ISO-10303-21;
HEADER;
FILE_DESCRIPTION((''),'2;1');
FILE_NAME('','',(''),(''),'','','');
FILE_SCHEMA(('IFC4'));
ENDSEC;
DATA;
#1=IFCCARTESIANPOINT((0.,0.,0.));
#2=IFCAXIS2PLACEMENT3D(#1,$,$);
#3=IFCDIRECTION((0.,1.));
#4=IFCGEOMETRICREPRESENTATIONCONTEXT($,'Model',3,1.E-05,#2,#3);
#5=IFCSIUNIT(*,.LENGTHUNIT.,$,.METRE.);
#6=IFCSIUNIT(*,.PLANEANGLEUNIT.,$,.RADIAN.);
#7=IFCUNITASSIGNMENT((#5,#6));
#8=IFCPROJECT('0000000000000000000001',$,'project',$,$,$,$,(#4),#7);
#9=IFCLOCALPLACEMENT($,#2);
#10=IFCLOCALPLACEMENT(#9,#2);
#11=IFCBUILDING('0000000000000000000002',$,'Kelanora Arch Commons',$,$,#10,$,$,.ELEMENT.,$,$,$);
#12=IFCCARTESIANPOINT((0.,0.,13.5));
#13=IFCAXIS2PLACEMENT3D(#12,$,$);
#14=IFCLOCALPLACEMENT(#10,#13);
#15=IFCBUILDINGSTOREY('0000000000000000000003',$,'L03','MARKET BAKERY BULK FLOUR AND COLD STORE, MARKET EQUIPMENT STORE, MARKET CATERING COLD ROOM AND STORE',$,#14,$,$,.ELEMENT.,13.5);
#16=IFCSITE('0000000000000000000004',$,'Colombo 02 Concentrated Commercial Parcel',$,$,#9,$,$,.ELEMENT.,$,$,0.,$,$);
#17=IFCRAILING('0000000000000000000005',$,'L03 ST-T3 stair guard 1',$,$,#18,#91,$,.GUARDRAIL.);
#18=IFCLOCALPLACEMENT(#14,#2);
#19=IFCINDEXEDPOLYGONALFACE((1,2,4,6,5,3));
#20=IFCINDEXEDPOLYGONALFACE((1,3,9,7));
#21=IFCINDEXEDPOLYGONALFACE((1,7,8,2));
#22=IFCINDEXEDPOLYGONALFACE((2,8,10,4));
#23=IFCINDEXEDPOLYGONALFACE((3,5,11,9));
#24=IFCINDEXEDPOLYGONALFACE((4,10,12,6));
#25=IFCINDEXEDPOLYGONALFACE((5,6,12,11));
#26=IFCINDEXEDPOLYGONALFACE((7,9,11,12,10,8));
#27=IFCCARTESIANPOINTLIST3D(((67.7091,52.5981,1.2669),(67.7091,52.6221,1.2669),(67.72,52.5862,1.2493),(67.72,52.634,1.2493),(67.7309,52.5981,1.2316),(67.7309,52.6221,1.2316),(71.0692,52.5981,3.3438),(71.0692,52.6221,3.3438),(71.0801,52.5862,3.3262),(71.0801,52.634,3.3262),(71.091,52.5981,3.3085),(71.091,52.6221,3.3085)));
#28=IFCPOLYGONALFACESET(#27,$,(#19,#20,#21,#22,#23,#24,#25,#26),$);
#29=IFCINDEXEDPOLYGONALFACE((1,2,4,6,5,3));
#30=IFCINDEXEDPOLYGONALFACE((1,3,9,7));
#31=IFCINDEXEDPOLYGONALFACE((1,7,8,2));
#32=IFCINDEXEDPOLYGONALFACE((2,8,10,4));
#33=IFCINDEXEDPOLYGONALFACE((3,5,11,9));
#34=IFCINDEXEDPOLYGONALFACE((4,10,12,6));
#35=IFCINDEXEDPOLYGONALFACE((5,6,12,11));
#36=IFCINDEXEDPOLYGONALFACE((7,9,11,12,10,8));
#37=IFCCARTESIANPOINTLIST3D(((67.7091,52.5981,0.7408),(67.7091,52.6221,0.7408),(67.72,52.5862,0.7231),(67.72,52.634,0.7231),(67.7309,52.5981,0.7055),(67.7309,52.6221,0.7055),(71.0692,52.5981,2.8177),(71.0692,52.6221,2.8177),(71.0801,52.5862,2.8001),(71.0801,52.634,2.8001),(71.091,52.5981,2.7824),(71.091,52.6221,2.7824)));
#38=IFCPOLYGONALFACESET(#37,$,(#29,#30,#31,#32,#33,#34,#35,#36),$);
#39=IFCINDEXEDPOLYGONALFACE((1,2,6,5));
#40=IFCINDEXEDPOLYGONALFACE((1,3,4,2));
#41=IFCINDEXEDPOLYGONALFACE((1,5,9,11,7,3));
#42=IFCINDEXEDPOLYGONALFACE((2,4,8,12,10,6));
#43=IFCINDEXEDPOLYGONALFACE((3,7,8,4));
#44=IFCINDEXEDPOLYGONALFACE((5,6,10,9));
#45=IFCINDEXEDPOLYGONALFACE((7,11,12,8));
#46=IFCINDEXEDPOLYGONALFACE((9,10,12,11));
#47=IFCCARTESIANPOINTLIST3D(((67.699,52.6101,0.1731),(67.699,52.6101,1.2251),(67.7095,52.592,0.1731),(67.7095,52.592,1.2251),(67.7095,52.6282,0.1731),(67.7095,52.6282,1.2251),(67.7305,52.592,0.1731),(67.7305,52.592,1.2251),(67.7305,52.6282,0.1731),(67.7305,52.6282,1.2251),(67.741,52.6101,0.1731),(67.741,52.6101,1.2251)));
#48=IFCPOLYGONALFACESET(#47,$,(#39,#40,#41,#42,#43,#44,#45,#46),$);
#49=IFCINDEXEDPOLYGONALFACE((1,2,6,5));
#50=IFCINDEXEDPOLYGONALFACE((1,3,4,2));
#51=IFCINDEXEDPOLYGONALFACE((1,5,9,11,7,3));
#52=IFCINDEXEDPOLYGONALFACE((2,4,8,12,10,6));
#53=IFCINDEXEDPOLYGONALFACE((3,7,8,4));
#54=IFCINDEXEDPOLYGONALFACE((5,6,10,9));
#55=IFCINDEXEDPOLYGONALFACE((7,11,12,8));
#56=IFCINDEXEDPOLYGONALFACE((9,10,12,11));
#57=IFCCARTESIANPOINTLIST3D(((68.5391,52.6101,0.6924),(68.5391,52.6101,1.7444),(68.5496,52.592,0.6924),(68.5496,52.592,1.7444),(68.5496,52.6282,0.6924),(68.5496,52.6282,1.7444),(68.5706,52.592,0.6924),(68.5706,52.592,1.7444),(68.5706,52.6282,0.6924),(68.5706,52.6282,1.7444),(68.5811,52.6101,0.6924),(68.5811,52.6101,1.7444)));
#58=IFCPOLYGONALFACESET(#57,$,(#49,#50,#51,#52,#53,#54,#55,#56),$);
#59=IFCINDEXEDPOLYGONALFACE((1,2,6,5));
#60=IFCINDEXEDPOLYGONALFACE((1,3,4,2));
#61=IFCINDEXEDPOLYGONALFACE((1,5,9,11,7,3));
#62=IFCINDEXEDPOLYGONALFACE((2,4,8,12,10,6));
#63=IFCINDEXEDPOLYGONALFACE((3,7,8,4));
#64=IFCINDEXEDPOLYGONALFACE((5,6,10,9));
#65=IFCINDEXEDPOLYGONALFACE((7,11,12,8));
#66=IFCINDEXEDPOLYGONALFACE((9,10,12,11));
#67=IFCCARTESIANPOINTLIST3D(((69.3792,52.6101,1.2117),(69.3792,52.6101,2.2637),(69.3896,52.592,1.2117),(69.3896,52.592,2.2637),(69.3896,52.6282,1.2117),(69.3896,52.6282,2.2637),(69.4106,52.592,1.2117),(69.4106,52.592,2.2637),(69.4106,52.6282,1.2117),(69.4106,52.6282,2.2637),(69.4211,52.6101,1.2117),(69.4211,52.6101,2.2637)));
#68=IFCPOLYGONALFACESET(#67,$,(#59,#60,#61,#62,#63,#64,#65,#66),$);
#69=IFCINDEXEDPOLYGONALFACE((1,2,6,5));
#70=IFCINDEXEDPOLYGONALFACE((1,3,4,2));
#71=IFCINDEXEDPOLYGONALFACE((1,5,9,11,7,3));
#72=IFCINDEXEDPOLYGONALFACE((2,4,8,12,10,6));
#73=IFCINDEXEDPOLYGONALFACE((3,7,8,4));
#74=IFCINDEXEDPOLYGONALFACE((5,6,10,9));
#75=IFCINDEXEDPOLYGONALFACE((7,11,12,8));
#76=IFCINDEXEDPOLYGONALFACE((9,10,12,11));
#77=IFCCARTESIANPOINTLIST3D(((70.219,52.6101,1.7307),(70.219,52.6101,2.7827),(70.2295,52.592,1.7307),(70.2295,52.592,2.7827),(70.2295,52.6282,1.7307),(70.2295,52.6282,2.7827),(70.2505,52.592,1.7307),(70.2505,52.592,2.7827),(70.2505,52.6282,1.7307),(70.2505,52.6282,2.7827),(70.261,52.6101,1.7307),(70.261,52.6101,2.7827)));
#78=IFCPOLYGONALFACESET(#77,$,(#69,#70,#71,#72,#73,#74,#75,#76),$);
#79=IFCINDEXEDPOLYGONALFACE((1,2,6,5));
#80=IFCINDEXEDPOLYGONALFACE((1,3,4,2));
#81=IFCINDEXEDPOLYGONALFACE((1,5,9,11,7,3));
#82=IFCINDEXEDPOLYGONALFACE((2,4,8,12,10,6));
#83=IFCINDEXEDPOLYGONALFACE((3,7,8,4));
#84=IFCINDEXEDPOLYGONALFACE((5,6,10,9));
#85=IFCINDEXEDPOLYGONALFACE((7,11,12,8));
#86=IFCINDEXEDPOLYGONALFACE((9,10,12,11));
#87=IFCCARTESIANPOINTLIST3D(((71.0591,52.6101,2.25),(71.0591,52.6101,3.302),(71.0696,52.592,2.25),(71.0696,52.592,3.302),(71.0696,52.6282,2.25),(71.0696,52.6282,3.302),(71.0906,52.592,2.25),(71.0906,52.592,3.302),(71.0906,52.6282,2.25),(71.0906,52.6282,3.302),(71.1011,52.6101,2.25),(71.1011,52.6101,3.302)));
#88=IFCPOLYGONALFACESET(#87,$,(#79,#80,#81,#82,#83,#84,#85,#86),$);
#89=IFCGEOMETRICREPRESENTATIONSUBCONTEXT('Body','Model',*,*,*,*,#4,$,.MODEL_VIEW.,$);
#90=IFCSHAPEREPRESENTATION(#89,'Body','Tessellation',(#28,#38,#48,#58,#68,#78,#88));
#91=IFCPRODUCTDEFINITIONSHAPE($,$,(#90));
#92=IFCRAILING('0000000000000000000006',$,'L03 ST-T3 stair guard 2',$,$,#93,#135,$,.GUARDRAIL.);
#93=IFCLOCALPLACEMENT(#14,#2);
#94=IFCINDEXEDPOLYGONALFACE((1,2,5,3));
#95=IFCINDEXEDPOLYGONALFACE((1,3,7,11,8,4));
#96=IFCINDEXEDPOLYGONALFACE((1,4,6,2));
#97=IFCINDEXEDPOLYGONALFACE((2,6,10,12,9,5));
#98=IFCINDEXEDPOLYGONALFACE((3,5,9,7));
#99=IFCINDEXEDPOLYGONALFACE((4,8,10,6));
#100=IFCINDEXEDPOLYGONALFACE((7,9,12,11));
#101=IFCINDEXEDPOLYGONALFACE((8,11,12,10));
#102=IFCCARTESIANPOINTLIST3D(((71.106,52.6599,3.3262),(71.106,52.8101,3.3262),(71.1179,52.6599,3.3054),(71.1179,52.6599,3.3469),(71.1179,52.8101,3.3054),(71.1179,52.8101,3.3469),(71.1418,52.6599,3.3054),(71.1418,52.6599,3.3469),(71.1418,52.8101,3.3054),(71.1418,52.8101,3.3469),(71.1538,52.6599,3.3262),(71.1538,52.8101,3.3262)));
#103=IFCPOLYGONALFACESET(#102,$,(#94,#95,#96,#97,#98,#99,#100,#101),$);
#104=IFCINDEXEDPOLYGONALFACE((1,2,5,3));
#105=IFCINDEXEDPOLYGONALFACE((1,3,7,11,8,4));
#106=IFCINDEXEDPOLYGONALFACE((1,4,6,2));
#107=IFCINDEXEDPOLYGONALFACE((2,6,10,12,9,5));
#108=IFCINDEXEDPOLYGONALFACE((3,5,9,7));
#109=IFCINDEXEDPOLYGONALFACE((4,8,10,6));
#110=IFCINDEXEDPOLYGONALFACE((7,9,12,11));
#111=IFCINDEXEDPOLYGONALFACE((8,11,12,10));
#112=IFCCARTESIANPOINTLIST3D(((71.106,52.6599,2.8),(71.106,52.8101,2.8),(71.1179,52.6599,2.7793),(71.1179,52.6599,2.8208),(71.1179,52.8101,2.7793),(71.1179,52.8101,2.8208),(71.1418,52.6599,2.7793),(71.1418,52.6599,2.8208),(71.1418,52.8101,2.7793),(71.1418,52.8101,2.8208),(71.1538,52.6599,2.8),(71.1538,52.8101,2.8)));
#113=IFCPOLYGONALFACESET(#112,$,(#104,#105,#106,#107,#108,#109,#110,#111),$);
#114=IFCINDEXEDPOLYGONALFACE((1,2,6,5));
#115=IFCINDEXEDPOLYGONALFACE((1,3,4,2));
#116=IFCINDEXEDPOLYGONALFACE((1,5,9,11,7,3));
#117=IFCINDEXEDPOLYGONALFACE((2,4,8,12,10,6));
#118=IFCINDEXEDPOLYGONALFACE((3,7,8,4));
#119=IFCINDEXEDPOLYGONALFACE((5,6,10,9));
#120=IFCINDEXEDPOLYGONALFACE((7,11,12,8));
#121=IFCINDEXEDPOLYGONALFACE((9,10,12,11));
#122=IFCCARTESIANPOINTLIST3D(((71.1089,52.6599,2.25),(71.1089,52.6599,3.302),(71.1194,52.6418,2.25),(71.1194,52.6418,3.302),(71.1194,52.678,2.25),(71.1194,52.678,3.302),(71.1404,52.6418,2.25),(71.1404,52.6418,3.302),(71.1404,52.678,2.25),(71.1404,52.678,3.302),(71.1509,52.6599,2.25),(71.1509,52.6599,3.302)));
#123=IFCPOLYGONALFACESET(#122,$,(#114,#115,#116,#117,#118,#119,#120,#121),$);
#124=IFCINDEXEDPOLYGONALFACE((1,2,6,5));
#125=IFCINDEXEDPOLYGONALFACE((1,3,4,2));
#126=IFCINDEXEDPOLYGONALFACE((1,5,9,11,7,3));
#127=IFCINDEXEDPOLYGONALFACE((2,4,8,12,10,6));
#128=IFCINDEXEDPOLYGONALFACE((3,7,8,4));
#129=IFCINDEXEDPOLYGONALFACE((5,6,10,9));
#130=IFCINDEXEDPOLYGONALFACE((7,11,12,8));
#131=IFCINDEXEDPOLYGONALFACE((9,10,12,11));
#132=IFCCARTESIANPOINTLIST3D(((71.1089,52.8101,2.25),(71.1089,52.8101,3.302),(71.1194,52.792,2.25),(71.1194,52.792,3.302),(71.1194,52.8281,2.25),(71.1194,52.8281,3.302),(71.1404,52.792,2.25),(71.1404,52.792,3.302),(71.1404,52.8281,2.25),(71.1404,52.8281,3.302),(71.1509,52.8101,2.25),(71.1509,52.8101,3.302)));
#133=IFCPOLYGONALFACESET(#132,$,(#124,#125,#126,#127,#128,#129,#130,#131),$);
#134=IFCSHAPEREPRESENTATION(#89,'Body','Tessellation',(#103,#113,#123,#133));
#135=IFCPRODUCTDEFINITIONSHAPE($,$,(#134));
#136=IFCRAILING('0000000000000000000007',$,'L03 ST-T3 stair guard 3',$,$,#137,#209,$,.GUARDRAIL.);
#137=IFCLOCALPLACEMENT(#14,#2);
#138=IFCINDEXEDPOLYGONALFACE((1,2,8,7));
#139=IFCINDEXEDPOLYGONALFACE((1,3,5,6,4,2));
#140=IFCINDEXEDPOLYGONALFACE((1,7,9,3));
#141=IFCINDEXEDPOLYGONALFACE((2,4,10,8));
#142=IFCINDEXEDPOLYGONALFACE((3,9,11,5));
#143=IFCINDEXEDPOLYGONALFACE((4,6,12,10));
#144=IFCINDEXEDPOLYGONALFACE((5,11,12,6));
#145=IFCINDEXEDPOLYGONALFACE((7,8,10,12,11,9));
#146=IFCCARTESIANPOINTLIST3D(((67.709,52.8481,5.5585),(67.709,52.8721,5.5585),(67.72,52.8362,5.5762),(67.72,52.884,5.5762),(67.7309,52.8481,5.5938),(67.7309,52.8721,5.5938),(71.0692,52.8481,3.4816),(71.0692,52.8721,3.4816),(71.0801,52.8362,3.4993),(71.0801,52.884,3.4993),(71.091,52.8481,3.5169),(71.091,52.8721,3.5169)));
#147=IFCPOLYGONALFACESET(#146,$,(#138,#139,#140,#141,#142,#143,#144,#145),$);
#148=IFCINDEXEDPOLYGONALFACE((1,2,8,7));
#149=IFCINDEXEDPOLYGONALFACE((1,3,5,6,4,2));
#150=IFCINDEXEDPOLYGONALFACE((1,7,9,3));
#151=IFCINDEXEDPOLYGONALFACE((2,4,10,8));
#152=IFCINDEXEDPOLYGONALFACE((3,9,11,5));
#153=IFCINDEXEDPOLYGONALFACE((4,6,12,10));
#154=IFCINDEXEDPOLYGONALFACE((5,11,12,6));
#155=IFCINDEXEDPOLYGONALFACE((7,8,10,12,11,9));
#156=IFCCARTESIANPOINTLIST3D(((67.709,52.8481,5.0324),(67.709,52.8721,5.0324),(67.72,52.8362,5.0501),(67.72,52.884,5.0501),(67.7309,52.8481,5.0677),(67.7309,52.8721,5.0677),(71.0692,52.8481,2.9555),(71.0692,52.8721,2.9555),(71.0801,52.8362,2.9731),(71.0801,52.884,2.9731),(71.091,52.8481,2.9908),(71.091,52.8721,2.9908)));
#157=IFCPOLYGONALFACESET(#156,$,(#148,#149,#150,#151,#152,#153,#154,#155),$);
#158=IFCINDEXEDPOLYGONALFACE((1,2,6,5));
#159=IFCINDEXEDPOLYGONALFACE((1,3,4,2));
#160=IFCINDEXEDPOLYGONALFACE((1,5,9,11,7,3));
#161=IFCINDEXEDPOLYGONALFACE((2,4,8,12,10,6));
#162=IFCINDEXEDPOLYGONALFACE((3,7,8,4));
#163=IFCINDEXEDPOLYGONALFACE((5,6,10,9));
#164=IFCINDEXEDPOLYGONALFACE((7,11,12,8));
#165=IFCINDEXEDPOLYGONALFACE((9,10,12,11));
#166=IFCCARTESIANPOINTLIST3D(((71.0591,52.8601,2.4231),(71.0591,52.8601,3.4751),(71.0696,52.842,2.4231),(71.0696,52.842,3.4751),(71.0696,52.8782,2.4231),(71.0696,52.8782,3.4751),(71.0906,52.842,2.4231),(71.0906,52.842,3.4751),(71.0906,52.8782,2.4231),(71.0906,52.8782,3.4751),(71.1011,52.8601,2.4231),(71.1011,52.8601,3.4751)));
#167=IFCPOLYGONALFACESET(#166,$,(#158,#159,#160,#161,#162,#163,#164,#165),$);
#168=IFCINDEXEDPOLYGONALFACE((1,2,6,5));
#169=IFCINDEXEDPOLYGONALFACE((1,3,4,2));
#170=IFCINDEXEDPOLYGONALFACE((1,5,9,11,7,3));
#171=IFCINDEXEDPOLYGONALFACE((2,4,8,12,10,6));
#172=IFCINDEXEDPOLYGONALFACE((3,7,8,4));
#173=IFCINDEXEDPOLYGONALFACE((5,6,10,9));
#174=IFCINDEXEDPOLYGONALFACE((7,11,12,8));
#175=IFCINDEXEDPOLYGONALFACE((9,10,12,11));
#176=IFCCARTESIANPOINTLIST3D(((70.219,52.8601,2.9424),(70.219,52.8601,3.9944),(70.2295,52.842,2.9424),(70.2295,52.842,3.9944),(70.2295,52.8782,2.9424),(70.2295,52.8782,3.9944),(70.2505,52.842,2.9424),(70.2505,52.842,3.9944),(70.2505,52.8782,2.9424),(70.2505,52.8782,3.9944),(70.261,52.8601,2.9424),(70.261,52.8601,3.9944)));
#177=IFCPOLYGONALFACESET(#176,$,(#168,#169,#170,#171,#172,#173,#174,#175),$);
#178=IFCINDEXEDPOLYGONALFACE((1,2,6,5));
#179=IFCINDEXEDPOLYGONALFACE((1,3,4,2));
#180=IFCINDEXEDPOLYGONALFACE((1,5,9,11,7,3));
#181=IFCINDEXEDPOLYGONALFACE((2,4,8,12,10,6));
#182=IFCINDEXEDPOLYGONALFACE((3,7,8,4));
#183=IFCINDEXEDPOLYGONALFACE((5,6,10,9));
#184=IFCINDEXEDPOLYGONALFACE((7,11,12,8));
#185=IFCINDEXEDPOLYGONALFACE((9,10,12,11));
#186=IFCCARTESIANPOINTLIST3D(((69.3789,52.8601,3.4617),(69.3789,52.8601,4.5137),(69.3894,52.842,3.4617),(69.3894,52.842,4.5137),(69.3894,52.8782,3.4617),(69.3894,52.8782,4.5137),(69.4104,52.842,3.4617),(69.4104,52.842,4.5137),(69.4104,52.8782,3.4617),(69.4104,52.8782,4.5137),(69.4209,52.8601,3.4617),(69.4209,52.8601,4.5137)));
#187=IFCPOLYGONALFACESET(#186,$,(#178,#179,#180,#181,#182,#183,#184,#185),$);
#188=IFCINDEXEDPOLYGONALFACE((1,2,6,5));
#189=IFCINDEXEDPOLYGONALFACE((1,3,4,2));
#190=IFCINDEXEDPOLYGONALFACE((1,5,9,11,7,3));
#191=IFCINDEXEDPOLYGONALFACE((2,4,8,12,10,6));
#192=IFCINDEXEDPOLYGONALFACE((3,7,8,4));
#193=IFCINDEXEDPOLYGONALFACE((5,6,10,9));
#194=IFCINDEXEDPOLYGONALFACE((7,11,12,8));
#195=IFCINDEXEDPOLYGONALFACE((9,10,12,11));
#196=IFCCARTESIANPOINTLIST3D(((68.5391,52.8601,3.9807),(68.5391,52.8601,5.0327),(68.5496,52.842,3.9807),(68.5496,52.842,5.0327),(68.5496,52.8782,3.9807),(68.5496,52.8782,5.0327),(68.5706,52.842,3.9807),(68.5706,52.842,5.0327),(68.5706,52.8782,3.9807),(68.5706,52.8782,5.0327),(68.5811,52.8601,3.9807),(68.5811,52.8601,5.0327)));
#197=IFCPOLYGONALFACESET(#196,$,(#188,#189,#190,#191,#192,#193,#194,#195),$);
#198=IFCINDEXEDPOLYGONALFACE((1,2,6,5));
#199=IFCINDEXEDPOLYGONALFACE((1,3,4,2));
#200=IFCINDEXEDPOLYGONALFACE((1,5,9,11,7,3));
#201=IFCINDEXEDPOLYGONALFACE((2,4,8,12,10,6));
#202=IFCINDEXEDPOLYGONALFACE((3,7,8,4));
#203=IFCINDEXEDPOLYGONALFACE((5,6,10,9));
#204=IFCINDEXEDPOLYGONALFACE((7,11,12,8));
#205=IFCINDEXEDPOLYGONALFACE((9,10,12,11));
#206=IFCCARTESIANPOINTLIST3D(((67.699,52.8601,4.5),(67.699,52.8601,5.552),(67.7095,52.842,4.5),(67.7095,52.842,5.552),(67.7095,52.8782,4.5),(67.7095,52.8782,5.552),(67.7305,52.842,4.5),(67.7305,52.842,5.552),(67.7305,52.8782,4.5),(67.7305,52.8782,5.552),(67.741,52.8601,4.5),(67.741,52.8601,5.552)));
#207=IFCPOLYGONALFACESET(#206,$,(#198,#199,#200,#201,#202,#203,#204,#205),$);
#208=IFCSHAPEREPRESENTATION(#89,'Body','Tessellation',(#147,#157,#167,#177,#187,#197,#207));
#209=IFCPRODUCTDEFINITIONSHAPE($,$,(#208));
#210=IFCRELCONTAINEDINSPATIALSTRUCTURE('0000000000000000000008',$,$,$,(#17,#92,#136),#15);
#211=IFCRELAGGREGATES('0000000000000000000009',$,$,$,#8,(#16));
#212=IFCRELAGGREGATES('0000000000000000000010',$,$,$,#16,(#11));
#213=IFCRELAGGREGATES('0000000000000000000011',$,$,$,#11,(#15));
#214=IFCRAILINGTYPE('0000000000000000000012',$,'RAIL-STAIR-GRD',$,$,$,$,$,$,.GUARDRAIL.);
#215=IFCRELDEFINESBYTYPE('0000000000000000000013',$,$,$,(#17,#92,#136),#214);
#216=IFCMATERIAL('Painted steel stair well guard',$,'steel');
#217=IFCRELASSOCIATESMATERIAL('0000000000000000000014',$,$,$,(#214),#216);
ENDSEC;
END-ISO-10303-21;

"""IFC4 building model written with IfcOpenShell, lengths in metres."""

from ifc_helpers import new_model, si_unit, direction, frame, origin, place, context, subcontext, project, spatial, polyline, outline, extrude, material, type_object, element, save


model = new_model("IFC4")

# Units and contexts
model_context = context("Model", 3, precision=1e-05, world=origin(), true_north=direction((0.0, 1.0)))
body_context = subcontext(model_context, "Body", "Model", "MODEL_VIEW")
ifc_project = project(units=[si_unit("LENGTHUNIT", "METRE"), si_unit("PLANEANGLEUNIT", "RADIAN")], contexts=[model_context])

# Site, building, storey
site_placement = place(None, origin())
site = spatial("IfcSite", under=ifc_project, at=site_placement, Name="Colombo 02 Concentrated Commercial Parcel", CompositionType="ELEMENT", RefElevation=0.0)
building_placement = place(site_placement, origin())
building = spatial("IfcBuilding", under=site, at=building_placement, Name="Kelanora Arch Commons", CompositionType="ELEMENT")
storey_placement = place(building_placement, frame((0.0, 0.0, 13.5)))
storey = spatial("IfcBuildingStorey", under=building, at=storey_placement, Name="L03", Description="MARKET BAKERY BULK FLOUR AND COLD STORE, MARKET EQUIPMENT STORE, MARKET CATERING COLD ROOM AND STORE", CompositionType="ELEMENT", Elevation=13.5)

# Railings
ifc_material_1 = material(Name="Painted steel stair well guard", Category="steel")
railing_type_1 = type_object("IfcRailingType", Name="RAIL-STAIR-GRD", PredefinedType="GUARDRAIL", material=ifc_material_1)
railing_1_placement = place(storey_placement, frame((67.72, 52.6101, 0.1731)))
element("IfcRailing", 1, at=railing_1_placement, inside=storey, type_object=railing_type_1, Name="L03 ST-T3 stair guard 1", PredefinedType="GUARDRAIL", context=body_context, shape_type="SweptSolid", body=[
    extrude(outline(polyline([(0.0239, 0.0), (0.012, 0.0208), (-0.012, 0.0208), (-0.0239, 0.0), (-0.012, -0.0208), (0.012, -0.0208), (0.0239, 0.0)])), frame((0.0, 0.0, 1.0762), z_axis=(0.850623, 0.0, 0.525776), x_axis=(0.0, 1.0, 0.0)), (0.0, 0.0, 1.0), 3.9502),
    extrude(outline(polyline([(0.0239, 0.0), (0.012, 0.0208), (-0.012, 0.0208), (-0.0239, 0.0), (-0.012, -0.0208), (0.012, -0.0208), (0.0239, 0.0)])), frame((0.0, 0.0, 0.55), z_axis=(0.850623, 0.0, 0.525776), x_axis=(0.0, 1.0, 0.0)), (0.0, 0.0, 1.0), 3.9502),
    extrude(outline(polyline([(0.021, 0.0), (0.0105, 0.0181), (-0.0105, 0.0181), (-0.021, 0.0), (-0.0105, -0.0181), (0.0105, -0.0181), (0.021, 0.0)])), origin(), (0.0, 0.0, 1.0), 1.052),
    extrude(outline(polyline([(0.021, 0.0), (0.0105, 0.0181), (-0.0105, 0.0181), (-0.021, 0.0), (-0.0105, -0.0181), (0.0105, -0.0181), (0.021, 0.0)])), frame((0.8401, 0.0, 0.5193)), (0.0, 0.0, 1.0), 1.052),
    extrude(outline(polyline([(0.021, 0.0), (0.0105, 0.0181), (-0.0105, 0.0181), (-0.021, 0.0), (-0.0105, -0.0181), (0.0105, -0.0181), (0.021, 0.0)])), frame((1.6802, 0.0, 1.0386)), (0.0, 0.0, 1.0), 1.052),
    extrude(outline(polyline([(0.021, 0.0), (0.0105, 0.0181), (-0.0105, 0.0181), (-0.021, 0.0), (-0.0105, -0.0181), (0.0105, -0.0181), (0.021, 0.0)])), frame((2.52, 0.0, 1.5576)), (0.0, 0.0, 1.0), 1.052),
    extrude(outline(polyline([(0.021, 0.0), (0.0105, 0.0181), (-0.0105, 0.0181), (-0.021, 0.0), (-0.0105, -0.0181), (0.0105, -0.0181), (0.021, 0.0)])), frame((3.3601, 0.0, 2.0769)), (0.0, 0.0, 1.0), 1.052),
])
railing_2_placement = place(storey_placement, frame((71.1299, 52.6599, 2.25)))
element("IfcRailing", 2, at=railing_2_placement, inside=storey, type_object=railing_type_1, Name="L03 ST-T3 stair guard 2", PredefinedType="GUARDRAIL", context=body_context, shape_type="SweptSolid", body=[
    extrude(outline(polyline([(0.0239, 0.0), (0.012, 0.0208), (-0.012, 0.0208), (-0.0239, 0.0), (-0.012, -0.0208), (0.012, -0.0208), (0.0239, 0.0)])), frame((0.0, 0.0, 1.0762), z_axis=(0.0, 1.0, 0.0), x_axis=(-1.0, 0.0, 0.0)), (0.0, 0.0, 1.0), 0.1501),
    extrude(outline(polyline([(0.0239, 0.0), (0.012, 0.0208), (-0.012, 0.0208), (-0.0239, 0.0), (-0.012, -0.0208), (0.012, -0.0208), (0.0239, 0.0)])), frame((0.0, 0.0, 0.55), z_axis=(0.0, 1.0, 0.0), x_axis=(-1.0, 0.0, 0.0)), (0.0, 0.0, 1.0), 0.1501),
    extrude(outline(polyline([(0.021, 0.0), (0.0105, 0.0181), (-0.0105, 0.0181), (-0.021, 0.0), (-0.0105, -0.0181), (0.0105, -0.0181), (0.021, 0.0)])), origin(), (0.0, 0.0, 1.0), 1.052),
    extrude(outline(polyline([(0.021, 0.0), (0.0105, 0.0181), (-0.0105, 0.0181), (-0.021, 0.0), (-0.0105, -0.0181), (0.0105, -0.0181), (0.021, 0.0)])), frame((0.0, 0.1501, 0.0)), (0.0, 0.0, 1.0), 1.052),
])
railing_3_placement = place(storey_placement, frame((71.0801, 52.8601, 2.4231)))
element("IfcRailing", 3, at=railing_3_placement, inside=storey, type_object=railing_type_1, Name="L03 ST-T3 stair guard 3", PredefinedType="GUARDRAIL", context=body_context, shape_type="SweptSolid", body=[
    extrude(outline(polyline([(0.0239, 0.0), (0.012, 0.0208), (-0.012, 0.0208), (-0.0239, 0.0), (-0.012, -0.0208), (0.012, -0.0208), (0.0239, 0.0)])), frame((0.0, 0.0, 1.0762), z_axis=(-0.850623, 0.0, 0.525776), x_axis=(0.0, -1.0, 0.0)), (0.0, 0.0, 1.0), 3.9502),
    extrude(outline(polyline([(0.0239, 0.0), (0.012, 0.0208), (-0.012, 0.0208), (-0.0239, 0.0), (-0.012, -0.0208), (0.012, -0.0208), (0.0239, 0.0)])), frame((0.0, 0.0, 0.55), z_axis=(-0.850623, 0.0, 0.525776), x_axis=(0.0, -1.0, 0.0)), (0.0, 0.0, 1.0), 3.9502),
    extrude(outline(polyline([(0.021, 0.0), (0.0105, 0.0181), (-0.0105, 0.0181), (-0.021, 0.0), (-0.0105, -0.0181), (0.0105, -0.0181), (0.021, 0.0)])), origin(), (0.0, 0.0, 1.0), 1.052),
    extrude(outline(polyline([(0.021, 0.0), (0.0105, 0.0181), (-0.0105, 0.0181), (-0.021, 0.0), (-0.0105, -0.0181), (0.0105, -0.0181), (0.021, 0.0)])), frame((-0.8401, 0.0, 0.5193)), (0.0, 0.0, 1.0), 1.052),
    extrude(outline(polyline([(0.021, 0.0), (0.0105, 0.0181), (-0.0105, 0.0181), (-0.021, 0.0), (-0.0105, -0.0181), (0.0105, -0.0181), (0.021, 0.0)])), frame((-1.6802, 0.0, 1.0386)), (0.0, 0.0, 1.0), 1.052),
    extrude(outline(polyline([(0.021, 0.0), (0.0105, 0.0181), (-0.0105, 0.0181), (-0.021, 0.0), (-0.0105, -0.0181), (0.0105, -0.0181), (0.021, 0.0)])), frame((-2.52, 0.0, 1.5576)), (0.0, 0.0, 1.0), 1.052),
    extrude(outline(polyline([(0.021, 0.0), (0.0105, 0.0181), (-0.0105, 0.0181), (-0.021, 0.0), (-0.0105, -0.0181), (0.0105, -0.0181), (0.021, 0.0)])), frame((-3.3601, 0.0, 2.0769)), (0.0, 0.0, 1.0), 1.052),
])

save(model, "model.ifc")
